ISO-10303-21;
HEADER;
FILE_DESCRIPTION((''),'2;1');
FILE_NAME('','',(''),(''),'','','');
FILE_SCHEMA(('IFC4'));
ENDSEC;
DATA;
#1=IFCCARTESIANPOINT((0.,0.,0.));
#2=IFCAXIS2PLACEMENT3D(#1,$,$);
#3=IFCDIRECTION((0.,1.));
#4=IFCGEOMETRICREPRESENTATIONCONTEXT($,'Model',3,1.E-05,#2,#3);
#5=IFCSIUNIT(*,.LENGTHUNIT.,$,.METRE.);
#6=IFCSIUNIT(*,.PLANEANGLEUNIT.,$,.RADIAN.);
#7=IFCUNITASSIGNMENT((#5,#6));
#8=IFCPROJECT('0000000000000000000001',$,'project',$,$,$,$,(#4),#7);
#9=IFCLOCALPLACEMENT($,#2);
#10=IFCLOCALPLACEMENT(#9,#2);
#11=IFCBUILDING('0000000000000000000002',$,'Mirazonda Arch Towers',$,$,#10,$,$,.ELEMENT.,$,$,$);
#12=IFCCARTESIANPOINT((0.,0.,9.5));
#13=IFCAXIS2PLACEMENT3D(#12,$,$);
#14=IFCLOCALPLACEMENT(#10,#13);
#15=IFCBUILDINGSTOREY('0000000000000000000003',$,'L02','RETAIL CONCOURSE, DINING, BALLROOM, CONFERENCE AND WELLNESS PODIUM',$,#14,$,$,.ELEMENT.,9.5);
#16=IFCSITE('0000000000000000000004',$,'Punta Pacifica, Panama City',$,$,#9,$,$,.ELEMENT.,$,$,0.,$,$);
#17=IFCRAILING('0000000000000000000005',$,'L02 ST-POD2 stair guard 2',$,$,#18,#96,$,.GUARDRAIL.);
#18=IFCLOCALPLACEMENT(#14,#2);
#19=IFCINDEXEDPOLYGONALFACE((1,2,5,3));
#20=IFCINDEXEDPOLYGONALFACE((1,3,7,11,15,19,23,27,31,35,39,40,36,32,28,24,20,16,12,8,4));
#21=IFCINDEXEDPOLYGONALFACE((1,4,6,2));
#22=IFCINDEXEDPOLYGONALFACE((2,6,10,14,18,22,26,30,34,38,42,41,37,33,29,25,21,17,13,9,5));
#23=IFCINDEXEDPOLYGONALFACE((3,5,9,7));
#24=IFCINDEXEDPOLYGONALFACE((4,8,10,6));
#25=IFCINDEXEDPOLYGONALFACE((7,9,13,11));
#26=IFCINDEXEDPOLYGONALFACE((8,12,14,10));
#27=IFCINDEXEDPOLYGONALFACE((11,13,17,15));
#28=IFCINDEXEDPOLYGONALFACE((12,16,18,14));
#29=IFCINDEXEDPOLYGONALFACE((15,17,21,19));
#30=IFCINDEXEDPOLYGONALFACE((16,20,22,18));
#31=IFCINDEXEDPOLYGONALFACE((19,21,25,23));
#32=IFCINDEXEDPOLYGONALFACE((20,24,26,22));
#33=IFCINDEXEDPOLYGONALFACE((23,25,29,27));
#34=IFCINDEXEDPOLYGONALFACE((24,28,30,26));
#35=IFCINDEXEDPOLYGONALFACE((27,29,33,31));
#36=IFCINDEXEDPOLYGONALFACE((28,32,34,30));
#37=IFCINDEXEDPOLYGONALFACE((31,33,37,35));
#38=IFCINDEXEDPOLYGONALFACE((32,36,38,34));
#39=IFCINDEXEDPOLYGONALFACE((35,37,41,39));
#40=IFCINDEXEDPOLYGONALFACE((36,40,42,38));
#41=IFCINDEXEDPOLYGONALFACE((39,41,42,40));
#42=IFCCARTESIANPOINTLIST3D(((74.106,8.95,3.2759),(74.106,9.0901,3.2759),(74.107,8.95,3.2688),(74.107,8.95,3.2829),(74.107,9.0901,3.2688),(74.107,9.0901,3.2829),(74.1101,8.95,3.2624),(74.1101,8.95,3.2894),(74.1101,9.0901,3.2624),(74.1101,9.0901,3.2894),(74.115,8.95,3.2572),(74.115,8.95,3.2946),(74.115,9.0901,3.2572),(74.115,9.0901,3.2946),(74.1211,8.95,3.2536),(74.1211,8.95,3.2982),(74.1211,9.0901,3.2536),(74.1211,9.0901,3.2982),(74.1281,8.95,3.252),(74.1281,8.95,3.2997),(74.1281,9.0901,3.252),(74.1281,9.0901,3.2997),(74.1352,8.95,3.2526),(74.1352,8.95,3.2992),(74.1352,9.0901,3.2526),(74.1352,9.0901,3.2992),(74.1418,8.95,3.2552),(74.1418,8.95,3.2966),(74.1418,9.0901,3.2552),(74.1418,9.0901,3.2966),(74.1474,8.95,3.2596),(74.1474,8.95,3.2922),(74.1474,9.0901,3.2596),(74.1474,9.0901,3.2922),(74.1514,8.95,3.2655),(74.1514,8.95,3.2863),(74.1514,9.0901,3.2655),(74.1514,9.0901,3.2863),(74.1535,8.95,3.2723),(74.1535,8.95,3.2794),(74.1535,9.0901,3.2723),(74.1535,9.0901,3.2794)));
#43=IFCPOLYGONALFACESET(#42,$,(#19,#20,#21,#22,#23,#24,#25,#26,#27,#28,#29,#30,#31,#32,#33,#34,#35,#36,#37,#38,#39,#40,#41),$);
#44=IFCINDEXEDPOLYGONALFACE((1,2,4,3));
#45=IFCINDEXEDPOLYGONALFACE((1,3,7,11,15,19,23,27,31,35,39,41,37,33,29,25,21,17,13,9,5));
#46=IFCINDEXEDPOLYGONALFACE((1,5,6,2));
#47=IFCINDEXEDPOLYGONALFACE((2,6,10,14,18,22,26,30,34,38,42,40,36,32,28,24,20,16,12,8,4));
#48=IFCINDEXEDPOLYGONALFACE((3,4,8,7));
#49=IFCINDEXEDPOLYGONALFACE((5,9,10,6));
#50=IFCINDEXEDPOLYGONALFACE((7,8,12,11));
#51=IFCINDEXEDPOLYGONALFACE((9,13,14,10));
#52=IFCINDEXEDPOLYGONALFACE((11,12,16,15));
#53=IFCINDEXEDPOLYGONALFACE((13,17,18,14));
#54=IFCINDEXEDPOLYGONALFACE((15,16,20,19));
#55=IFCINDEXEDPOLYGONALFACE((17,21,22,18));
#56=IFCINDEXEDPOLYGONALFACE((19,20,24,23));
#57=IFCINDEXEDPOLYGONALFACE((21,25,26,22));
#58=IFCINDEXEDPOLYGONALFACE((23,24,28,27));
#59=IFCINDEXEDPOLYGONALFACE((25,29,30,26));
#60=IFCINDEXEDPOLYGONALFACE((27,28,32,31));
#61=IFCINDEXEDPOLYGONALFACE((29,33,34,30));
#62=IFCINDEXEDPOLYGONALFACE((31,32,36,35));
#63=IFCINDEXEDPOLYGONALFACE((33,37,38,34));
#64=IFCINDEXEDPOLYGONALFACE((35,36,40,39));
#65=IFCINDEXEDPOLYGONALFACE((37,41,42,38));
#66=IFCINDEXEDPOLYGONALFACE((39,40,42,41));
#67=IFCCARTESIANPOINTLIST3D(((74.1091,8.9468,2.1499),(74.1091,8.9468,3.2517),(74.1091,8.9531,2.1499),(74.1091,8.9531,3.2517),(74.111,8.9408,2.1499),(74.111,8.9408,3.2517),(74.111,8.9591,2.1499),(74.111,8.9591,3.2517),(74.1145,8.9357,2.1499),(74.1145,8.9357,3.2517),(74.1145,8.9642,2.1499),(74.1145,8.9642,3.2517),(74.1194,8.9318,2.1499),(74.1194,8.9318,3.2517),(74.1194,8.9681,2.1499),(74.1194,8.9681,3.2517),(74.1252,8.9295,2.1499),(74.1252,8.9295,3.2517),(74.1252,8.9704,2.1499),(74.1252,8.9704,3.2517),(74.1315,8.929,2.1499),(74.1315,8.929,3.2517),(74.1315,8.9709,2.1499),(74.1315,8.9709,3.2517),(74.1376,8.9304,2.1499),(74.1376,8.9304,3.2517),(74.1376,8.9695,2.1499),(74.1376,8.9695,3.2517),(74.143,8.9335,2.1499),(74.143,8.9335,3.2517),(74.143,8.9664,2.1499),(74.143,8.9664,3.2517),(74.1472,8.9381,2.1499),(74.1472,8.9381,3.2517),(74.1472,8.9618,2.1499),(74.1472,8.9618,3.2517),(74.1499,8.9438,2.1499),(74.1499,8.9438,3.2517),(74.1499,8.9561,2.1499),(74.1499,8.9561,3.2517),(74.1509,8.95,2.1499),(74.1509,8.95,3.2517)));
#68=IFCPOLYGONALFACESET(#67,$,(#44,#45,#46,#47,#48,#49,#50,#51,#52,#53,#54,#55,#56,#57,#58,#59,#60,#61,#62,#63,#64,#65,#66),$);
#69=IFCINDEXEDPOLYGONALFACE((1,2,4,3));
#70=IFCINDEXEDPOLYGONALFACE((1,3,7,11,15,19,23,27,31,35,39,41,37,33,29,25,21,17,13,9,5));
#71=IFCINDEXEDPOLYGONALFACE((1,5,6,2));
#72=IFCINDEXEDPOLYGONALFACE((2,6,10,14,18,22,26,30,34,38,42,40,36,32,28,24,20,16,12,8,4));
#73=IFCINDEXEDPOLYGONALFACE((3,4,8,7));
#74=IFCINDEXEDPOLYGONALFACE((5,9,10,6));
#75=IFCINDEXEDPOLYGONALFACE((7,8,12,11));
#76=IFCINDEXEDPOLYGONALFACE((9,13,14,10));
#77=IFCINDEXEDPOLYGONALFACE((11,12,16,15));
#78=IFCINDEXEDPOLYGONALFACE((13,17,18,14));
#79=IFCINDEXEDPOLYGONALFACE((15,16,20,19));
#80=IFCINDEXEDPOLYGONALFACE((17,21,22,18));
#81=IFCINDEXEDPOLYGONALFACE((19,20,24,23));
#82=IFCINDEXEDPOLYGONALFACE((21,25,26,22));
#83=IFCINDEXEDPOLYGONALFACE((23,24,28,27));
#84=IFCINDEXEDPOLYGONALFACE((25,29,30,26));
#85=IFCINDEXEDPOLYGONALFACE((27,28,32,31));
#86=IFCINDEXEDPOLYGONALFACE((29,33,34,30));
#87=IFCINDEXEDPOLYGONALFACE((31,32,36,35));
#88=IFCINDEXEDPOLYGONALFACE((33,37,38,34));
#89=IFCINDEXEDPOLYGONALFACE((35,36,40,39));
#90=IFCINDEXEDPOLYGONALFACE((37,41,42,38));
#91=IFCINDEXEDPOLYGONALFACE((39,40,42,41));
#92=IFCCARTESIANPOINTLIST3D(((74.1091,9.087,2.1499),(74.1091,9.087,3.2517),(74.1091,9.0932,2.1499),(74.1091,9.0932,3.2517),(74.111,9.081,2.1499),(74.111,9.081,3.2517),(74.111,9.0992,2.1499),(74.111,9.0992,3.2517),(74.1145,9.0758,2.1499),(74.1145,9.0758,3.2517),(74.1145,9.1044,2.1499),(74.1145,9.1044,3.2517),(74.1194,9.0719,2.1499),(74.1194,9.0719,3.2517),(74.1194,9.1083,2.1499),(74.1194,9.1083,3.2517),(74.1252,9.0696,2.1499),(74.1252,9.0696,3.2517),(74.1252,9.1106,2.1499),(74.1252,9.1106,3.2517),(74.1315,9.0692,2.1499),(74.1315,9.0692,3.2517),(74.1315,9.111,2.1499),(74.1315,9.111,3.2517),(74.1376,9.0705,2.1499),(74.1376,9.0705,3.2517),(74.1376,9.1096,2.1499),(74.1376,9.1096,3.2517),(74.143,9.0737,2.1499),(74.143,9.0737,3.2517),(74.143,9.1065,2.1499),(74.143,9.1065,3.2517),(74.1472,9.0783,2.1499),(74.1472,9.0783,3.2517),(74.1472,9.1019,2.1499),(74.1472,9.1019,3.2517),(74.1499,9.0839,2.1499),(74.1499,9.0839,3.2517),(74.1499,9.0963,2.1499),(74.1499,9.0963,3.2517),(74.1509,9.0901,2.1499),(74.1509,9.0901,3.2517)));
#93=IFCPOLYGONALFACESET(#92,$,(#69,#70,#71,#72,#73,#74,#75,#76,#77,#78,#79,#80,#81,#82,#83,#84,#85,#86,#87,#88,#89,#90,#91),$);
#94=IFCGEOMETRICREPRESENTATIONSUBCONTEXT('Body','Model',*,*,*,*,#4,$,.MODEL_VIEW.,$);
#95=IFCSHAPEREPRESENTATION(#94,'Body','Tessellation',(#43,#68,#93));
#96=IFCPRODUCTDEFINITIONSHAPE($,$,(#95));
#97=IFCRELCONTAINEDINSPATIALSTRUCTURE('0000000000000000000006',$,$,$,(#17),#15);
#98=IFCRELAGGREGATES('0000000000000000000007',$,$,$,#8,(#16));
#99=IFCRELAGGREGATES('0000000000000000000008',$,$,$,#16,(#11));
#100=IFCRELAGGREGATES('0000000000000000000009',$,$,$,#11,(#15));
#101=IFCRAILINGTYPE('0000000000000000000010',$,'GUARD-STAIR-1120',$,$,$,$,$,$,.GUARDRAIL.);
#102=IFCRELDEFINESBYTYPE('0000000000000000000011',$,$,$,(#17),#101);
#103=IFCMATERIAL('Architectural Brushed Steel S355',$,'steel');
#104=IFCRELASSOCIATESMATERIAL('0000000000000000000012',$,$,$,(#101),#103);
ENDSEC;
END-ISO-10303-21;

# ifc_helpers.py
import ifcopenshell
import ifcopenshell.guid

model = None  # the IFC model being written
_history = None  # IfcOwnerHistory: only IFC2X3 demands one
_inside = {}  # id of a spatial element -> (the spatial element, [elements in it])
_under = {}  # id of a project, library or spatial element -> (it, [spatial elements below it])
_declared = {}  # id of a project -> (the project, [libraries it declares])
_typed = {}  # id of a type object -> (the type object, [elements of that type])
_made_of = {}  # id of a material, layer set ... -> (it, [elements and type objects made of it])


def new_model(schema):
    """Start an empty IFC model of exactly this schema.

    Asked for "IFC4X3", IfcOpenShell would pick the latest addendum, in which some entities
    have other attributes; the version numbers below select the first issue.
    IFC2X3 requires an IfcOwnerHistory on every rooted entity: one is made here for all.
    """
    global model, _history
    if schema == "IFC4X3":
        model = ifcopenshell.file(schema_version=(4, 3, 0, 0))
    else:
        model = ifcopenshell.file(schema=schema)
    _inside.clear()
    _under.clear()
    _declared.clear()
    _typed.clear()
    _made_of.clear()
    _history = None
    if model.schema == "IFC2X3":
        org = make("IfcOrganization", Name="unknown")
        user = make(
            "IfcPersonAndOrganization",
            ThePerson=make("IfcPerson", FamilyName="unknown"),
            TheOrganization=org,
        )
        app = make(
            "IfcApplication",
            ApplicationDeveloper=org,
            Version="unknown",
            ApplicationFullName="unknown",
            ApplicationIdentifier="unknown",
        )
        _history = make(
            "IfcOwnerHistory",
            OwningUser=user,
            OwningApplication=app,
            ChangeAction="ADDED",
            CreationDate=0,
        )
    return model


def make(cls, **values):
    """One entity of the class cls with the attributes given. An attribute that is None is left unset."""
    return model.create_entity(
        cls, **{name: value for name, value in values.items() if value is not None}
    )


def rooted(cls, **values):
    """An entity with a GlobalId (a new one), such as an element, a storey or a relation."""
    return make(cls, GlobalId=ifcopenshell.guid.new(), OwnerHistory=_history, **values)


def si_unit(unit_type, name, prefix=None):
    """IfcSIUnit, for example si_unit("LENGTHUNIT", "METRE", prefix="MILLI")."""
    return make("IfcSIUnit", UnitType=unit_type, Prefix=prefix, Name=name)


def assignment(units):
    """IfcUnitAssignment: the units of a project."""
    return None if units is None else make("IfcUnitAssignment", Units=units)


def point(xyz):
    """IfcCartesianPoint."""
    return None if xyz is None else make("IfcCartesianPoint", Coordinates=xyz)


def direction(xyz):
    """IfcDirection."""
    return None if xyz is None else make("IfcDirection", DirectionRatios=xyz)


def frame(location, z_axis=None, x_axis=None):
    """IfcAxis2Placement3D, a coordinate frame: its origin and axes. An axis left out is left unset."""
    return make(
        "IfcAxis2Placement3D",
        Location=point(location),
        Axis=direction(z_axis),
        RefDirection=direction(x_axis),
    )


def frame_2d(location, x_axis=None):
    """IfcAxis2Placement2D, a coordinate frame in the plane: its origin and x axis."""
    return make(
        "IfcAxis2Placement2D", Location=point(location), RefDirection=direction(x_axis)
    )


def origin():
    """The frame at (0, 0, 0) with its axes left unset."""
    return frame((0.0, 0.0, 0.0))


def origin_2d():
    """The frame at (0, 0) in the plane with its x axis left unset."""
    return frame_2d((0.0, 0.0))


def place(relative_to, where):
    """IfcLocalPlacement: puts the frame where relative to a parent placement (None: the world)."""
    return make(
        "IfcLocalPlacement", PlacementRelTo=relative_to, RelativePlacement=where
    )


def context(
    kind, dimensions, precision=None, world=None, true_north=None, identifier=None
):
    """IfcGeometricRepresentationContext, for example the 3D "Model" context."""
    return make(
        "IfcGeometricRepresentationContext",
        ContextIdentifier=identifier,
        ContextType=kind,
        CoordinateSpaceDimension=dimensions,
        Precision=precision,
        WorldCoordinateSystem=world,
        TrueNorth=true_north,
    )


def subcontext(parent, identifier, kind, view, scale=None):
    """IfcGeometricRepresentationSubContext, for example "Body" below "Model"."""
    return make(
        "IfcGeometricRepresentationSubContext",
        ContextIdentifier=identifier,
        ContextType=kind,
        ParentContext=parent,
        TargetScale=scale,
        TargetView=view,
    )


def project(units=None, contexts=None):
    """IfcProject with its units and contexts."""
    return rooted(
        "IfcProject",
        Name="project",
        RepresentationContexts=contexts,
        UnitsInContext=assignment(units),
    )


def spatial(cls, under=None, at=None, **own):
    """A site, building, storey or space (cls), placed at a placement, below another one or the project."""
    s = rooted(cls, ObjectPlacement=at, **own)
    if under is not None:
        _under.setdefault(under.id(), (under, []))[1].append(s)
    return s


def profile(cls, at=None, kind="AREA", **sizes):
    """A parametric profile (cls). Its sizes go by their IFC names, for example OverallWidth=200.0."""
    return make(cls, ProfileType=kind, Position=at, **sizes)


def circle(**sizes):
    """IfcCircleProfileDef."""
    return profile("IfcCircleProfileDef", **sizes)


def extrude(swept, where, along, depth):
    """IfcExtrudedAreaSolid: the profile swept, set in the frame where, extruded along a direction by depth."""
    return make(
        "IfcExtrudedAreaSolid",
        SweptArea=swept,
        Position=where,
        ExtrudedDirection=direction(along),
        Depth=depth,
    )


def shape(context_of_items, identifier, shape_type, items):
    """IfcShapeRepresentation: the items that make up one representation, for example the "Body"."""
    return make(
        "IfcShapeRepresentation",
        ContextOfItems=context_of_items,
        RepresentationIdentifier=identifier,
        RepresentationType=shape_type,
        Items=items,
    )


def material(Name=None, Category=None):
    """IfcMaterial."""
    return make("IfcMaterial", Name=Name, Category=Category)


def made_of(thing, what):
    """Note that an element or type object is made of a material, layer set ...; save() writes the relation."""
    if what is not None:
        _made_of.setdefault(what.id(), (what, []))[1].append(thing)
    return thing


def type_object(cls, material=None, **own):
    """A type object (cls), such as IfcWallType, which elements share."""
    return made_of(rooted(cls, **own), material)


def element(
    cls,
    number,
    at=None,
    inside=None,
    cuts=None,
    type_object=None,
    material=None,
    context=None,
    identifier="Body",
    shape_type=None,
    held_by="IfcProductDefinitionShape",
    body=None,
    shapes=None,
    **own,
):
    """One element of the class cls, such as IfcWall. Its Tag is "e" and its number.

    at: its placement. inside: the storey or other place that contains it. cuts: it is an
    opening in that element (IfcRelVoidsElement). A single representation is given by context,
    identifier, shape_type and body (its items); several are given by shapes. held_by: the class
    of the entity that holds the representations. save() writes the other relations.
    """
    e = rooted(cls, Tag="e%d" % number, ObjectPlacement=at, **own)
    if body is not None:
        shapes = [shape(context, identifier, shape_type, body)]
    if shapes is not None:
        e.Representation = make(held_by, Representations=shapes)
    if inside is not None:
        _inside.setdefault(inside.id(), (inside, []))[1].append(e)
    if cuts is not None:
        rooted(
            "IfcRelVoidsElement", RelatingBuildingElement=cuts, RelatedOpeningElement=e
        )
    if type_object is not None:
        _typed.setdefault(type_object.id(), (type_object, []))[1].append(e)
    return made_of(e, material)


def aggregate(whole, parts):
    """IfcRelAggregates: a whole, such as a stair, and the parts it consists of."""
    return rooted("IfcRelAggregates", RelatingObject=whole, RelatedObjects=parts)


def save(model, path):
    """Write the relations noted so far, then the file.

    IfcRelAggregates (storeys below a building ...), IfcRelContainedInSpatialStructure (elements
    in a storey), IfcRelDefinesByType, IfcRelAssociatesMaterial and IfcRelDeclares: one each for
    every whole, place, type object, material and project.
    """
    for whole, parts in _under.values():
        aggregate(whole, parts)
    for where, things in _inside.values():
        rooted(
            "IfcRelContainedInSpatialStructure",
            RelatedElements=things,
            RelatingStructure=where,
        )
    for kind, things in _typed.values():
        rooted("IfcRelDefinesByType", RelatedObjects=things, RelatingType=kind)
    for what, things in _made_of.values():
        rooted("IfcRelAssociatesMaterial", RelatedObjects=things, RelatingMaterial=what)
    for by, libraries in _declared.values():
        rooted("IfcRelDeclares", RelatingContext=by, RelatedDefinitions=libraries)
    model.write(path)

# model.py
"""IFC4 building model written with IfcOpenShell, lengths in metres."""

from ifc_helpers import new_model, si_unit, direction, frame, origin, origin_2d, place, context, subcontext, project, spatial, circle, extrude, material, type_object, element, save


model = new_model("IFC4")

# Units and contexts
model_context = context("Model", 3, precision=1e-05, world=origin(), true_north=direction((0.0, 1.0)))
body_context = subcontext(model_context, "Body", "Model", "MODEL_VIEW")
ifc_project = project(units=[si_unit("LENGTHUNIT", "METRE"), si_unit("PLANEANGLEUNIT", "RADIAN")], contexts=[model_context])

# Site, building, storey
site_placement = place(None, origin())
site = spatial("IfcSite", under=ifc_project, at=site_placement, Name="Punta Pacifica, Panama City", CompositionType="ELEMENT", RefElevation=0.0)
building_placement = place(site_placement, origin())
building = spatial("IfcBuilding", under=site, at=building_placement, Name="Mirazonda Arch Towers", CompositionType="ELEMENT")
storey_placement = place(building_placement, frame((0.0, 0.0, 9.5)))
storey = spatial("IfcBuildingStorey", under=building, at=storey_placement, Name="L02", Description="RETAIL CONCOURSE, DINING, BALLROOM, CONFERENCE AND WELLNESS PODIUM", CompositionType="ELEMENT", Elevation=9.5)

# Railing
ifc_material_1 = material(Name="Architectural Brushed Steel S355", Category="steel")
railing_type_1 = type_object("IfcRailingType", Name="GUARD-STAIR-1120", PredefinedType="GUARDRAIL", material=ifc_material_1)
railing_1_placement = place(storey_placement, frame((74.1299, 8.95, 2.1499)))
element("IfcRailing", 1, at=railing_1_placement, inside=storey, type_object=railing_type_1, Name="L02 ST-POD2 stair guard 2", PredefinedType="GUARDRAIL", context=body_context, shape_type="SweptSolid", body=[
    extrude(circle(Radius=0.0239, at=origin_2d()), frame((0.0, 0.0, 1.126), z_axis=(0.0, 1.0, 0.0), x_axis=(-1.0, 0.0, 0.0)), (0.0, 0.0, 1.0), 0.1401),
    extrude(circle(Radius=0.021, at=origin_2d()), origin(), (0.0, 0.0, 1.0), 1.1018),
    extrude(circle(Radius=0.021, at=origin_2d()), frame((0.0, 0.1401, 0.0)), (0.0, 0.0, 1.0), 1.1018),
])

save(model, "model.ifc")
